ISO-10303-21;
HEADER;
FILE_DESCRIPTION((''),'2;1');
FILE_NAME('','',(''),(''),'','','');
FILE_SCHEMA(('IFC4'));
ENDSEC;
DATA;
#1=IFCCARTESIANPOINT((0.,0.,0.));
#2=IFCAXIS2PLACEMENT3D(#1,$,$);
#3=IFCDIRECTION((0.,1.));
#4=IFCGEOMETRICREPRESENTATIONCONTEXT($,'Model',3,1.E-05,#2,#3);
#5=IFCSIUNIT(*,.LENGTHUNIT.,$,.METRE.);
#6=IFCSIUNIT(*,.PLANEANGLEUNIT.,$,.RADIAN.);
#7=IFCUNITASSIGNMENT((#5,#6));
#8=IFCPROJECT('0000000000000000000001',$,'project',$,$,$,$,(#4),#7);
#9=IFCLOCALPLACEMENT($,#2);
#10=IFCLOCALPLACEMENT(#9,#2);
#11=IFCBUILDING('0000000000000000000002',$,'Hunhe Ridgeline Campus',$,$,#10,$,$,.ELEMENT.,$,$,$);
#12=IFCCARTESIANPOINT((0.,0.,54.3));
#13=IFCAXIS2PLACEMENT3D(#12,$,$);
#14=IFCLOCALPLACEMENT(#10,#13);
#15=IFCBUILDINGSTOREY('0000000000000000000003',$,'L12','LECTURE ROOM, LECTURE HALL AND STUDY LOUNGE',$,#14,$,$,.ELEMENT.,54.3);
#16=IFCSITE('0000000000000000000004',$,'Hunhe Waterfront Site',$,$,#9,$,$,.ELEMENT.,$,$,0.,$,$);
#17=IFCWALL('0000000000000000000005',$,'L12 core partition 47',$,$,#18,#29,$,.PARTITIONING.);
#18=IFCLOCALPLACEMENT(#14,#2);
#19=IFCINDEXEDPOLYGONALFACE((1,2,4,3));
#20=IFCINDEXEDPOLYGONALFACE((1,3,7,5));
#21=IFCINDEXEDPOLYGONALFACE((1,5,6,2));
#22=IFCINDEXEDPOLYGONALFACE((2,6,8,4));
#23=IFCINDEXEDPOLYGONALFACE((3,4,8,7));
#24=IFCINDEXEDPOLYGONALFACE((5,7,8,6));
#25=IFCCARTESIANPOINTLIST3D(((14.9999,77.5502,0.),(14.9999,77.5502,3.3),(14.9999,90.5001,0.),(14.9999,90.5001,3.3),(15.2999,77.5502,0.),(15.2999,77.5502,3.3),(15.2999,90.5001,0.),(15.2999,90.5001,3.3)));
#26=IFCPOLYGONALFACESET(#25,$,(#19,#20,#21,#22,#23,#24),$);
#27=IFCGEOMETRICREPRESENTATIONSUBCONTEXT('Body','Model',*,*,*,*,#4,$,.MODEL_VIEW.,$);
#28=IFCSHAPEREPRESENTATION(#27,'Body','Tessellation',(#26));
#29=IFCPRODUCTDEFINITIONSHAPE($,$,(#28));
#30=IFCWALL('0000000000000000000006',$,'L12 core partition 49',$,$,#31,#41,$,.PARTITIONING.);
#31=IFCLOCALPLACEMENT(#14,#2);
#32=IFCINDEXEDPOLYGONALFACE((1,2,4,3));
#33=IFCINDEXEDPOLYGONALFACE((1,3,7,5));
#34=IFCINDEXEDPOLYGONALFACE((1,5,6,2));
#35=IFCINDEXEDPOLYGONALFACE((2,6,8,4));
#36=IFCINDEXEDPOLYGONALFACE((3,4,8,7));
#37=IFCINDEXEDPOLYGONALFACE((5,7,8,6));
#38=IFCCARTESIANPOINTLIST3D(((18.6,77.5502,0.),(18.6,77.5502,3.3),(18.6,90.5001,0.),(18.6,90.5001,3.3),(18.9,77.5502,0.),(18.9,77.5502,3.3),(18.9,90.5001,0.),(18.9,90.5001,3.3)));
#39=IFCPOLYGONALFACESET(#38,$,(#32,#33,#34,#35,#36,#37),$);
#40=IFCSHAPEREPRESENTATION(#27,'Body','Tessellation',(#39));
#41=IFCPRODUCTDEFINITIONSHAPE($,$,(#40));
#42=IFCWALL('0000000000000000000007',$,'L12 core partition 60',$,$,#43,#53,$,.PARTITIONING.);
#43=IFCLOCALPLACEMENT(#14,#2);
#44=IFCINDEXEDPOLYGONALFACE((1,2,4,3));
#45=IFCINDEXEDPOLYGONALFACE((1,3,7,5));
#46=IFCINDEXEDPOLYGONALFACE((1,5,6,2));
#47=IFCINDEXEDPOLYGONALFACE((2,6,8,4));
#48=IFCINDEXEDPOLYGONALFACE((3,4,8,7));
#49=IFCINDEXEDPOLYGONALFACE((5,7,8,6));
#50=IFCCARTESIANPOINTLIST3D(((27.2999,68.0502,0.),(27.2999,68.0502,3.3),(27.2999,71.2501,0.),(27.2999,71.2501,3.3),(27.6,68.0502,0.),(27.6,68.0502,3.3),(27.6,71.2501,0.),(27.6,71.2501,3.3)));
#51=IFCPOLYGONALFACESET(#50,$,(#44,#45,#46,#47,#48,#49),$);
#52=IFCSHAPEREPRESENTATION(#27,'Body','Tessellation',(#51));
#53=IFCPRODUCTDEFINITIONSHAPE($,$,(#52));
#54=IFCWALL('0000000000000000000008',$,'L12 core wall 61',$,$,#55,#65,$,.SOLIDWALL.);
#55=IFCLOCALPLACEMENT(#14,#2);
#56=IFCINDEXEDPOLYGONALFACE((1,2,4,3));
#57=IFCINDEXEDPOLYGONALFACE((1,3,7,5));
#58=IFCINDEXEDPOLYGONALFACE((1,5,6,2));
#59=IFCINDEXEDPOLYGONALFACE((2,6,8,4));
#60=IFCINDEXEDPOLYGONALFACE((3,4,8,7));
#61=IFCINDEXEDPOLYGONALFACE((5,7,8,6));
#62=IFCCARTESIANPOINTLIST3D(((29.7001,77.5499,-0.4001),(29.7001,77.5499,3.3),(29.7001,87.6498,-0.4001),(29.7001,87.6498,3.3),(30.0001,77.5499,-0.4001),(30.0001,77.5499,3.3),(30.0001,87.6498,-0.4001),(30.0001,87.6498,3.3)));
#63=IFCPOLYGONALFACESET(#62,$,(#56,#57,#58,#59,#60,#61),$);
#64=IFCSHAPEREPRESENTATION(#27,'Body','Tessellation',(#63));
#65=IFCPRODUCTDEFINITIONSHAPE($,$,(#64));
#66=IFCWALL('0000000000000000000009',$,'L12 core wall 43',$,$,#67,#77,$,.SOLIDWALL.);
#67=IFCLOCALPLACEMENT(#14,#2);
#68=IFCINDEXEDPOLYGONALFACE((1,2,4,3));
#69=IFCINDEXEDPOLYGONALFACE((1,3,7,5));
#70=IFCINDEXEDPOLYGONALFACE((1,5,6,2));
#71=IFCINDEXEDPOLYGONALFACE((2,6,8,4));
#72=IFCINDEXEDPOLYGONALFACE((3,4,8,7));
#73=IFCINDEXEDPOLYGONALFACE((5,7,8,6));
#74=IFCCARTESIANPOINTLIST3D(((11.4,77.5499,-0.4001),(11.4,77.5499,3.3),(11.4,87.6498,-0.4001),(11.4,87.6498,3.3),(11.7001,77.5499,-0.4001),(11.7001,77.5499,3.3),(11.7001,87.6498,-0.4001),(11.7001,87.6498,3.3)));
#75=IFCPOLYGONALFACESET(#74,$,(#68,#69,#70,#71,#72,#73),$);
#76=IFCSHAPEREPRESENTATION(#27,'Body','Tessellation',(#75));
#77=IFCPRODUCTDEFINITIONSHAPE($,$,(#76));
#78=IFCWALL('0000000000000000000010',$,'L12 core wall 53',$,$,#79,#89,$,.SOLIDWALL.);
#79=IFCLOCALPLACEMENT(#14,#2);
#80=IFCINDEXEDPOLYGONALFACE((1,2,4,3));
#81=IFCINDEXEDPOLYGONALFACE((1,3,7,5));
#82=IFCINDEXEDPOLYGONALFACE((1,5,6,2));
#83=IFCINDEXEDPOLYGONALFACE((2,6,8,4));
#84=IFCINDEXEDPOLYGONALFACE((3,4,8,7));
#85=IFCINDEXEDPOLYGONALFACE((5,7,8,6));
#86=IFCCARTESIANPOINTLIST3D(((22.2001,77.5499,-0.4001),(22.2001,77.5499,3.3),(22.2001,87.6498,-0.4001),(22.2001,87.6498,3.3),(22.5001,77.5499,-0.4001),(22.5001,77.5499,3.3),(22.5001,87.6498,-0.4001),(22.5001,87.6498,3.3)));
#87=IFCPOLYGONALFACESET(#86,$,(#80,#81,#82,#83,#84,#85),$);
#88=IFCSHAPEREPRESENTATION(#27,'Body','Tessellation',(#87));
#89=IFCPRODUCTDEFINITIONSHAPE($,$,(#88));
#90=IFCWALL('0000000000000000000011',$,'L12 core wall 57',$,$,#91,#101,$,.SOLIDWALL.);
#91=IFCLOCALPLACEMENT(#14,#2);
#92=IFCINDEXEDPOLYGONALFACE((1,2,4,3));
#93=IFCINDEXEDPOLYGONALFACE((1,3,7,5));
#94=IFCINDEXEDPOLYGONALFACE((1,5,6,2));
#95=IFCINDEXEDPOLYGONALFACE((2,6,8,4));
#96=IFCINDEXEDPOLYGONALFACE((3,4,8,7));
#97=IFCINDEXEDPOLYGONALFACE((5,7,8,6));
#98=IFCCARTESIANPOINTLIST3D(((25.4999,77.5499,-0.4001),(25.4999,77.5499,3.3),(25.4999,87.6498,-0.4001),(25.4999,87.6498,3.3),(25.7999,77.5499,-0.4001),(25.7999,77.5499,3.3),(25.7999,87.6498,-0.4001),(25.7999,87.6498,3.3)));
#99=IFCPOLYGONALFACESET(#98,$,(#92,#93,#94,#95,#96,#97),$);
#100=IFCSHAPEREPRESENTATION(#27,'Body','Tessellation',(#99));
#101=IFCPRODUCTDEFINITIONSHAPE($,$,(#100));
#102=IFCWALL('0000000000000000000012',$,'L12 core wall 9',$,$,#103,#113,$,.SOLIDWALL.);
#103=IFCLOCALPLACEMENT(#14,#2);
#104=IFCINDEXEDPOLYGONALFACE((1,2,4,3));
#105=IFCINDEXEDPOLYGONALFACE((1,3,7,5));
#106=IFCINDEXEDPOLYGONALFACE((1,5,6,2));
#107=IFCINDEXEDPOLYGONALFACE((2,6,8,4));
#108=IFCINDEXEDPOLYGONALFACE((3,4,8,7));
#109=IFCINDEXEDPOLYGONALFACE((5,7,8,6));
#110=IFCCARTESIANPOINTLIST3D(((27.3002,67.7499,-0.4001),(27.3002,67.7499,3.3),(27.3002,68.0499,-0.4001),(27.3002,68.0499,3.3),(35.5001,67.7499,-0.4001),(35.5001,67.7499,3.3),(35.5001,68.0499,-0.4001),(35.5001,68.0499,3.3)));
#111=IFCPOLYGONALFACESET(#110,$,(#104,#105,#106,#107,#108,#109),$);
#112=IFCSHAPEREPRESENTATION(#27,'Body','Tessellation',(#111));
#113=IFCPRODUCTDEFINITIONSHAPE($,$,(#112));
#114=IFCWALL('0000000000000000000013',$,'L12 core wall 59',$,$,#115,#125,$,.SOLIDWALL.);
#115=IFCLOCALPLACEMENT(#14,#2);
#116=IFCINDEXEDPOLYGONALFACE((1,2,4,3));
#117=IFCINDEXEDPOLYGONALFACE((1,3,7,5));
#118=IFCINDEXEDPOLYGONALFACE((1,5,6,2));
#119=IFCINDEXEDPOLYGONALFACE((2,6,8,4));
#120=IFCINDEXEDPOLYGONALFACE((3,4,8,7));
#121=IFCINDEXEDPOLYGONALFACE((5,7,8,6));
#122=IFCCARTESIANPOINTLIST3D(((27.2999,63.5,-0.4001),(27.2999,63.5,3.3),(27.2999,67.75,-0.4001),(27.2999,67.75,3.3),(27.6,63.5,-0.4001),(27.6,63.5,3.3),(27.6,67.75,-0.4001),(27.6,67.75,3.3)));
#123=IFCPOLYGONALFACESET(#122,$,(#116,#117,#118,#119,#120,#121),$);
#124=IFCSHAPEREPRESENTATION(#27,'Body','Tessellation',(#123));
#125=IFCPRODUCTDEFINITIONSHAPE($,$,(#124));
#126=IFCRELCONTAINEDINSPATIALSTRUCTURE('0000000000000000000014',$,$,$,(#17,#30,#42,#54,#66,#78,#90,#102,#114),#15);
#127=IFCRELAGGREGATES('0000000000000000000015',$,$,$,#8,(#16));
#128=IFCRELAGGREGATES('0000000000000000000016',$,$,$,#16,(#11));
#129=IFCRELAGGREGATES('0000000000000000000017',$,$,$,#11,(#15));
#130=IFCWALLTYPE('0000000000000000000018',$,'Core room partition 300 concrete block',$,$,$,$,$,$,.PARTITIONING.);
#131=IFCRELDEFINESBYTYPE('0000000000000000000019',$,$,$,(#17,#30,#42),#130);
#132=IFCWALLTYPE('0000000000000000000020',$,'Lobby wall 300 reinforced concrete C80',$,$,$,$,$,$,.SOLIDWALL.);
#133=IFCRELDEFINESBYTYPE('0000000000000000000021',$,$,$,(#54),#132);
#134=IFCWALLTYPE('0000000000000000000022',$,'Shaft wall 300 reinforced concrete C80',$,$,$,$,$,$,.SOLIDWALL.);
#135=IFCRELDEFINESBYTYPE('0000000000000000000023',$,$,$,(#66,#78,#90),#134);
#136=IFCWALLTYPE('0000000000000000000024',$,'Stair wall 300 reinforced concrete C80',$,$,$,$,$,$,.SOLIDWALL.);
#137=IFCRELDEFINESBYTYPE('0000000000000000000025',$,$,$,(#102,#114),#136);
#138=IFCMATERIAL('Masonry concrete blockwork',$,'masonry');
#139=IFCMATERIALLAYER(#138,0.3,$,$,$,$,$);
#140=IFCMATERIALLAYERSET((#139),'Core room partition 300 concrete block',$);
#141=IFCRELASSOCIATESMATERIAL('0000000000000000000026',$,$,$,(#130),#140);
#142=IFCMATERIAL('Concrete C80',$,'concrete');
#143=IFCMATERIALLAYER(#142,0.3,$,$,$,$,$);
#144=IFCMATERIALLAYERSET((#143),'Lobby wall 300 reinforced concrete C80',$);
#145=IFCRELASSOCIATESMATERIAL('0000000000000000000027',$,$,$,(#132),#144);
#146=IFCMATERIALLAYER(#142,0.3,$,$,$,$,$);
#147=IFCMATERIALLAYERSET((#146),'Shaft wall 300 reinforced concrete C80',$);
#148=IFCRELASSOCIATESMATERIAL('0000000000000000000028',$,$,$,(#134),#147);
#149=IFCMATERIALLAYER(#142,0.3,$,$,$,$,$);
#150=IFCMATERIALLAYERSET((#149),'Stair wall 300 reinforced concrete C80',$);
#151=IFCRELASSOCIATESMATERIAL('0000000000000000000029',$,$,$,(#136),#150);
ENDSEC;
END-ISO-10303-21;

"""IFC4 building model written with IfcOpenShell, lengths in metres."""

from ifc_helpers import new_model, si_unit, direction, frame, frame_2d, origin, place, context, subcontext, project, spatial, rectangle, extrude, material, layer, layer_set, type_object, element, save


model = new_model("IFC4")

# Units and contexts
model_context = context("Model", 3, precision=1e-05, world=origin(), true_north=direction((0.0, 1.0)))
body_context = subcontext(model_context, "Body", "Model", "MODEL_VIEW")
ifc_project = project(units=[si_unit("LENGTHUNIT", "METRE"), si_unit("PLANEANGLEUNIT", "RADIAN")], contexts=[model_context])

# Site, building, storey
site_placement = place(None, origin())
site = spatial("IfcSite", under=ifc_project, at=site_placement, Name="Hunhe Waterfront Site", CompositionType="ELEMENT", RefElevation=0.0)
building_placement = place(site_placement, origin())
building = spatial("IfcBuilding", under=site, at=building_placement, Name="Hunhe Ridgeline Campus", CompositionType="ELEMENT")
storey_placement = place(building_placement, frame((0.0, 0.0, 54.3)))
storey = spatial("IfcBuildingStorey", under=building, at=storey_placement, Name="L12", Description="LECTURE ROOM, LECTURE HALL AND STUDY LOUNGE", CompositionType="ELEMENT", Elevation=54.3)

# Shared definitions
ifc_material_1 = material(Name="Masonry concrete blockwork", Category="masonry")
ifc_layer_1 = layer(ifc_material_1, 0.3)
ifc_layer_set_1 = layer_set([ifc_layer_1], Name="Core room partition 300 concrete block")
wall_type_1 = type_object("IfcWallType", Name="Core room partition 300 concrete block", PredefinedType="PARTITIONING", material=ifc_layer_set_1)

# Walls
for number, where, z_axis, x_axis, name in (
    (1, (15.1499, 77.55, 0.0), (0.0, 0.0, 1.0), (0.0, 1.0, 0.0), "L12 core partition 47"),
    (2, (18.75, 77.55, 0.0), (0.0, 0.0, 1.0), (0.0, 1.0, 0.0), "L12 core partition 49"),
):
    element("IfcWall", number, at=place(storey_placement, frame(where, z_axis=z_axis, x_axis=x_axis)), inside=storey, type_object=wall_type_1, Name=name, PredefinedType="PARTITIONING", context=body_context, shape_type="SweptSolid", body=[
        extrude(rectangle(XDim=12.95, YDim=0.3, at=frame_2d((6.4751, 0.0))), origin(), (0.0, 0.0, 1.0), 3.3),
    ])
wall_1_placement = place(storey_placement, frame((27.45, 68.05, 0.0), z_axis=(0.0, 0.0, 1.0), x_axis=(0.0, 1.0, 0.0)))
element("IfcWall", 3, at=wall_1_placement, inside=storey, type_object=wall_type_1, Name="L12 core partition 60", PredefinedType="PARTITIONING", context=body_context, shape_type="SweptSolid", body=[
    extrude(rectangle(XDim=3.2, YDim=0.3, at=frame_2d((1.6001, 0.0))), origin(), (0.0, 0.0, 1.0), 3.3),
])
ifc_material_2 = material(Name="Concrete C80", Category="concrete")
ifc_layer_2 = layer(ifc_material_2, 0.3)
ifc_layer_set_2 = layer_set([ifc_layer_2], Name="Lobby wall 300 reinforced concrete C80")
wall_type_2 = type_object("IfcWallType", Name="Lobby wall 300 reinforced concrete C80", PredefinedType="SOLIDWALL", material=ifc_layer_set_2)
wall_2_placement = place(storey_placement, frame((29.8501, 77.55, -0.4001), z_axis=(0.0, 0.0, 1.0), x_axis=(0.0, 1.0, 0.0)))
element("IfcWall", 4, at=wall_2_placement, inside=storey, type_object=wall_type_2, Name="L12 core wall 61", PredefinedType="SOLIDWALL", context=body_context, shape_type="SweptSolid", body=[
    extrude(rectangle(XDim=10.0999, YDim=0.3, at=frame_2d((5.0498, 0.0))), origin(), (0.0, 0.0, 1.0), 3.7002),
])
ifc_layer_3 = layer(ifc_material_2, 0.3)
ifc_layer_set_3 = layer_set([ifc_layer_3], Name="Shaft wall 300 reinforced concrete C80")
wall_type_3 = type_object("IfcWallType", Name="Shaft wall 300 reinforced concrete C80", PredefinedType="SOLIDWALL", material=ifc_layer_set_3)
for number, where, z_axis, x_axis, name in (
    (5, (11.55, 77.55, -0.4001), (0.0, 0.0, 1.0), (0.0, 1.0, 0.0), "L12 core wall 43"),
    (6, (22.3501, 77.55, -0.4001), (0.0, 0.0, 1.0), (0.0, 1.0, 0.0), "L12 core wall 53"),
    (7, (25.6499, 77.55, -0.4001), (0.0, 0.0, 1.0), (0.0, 1.0, 0.0), "L12 core wall 57"),
):
    element("IfcWall", number, at=place(storey_placement, frame(where, z_axis=z_axis, x_axis=x_axis)), inside=storey, type_object=wall_type_3, Name=name, PredefinedType="SOLIDWALL", context=body_context, shape_type="SweptSolid", body=[
        extrude(rectangle(XDim=10.0999, YDim=0.3, at=frame_2d((5.0498, 0.0))), origin(), (0.0, 0.0, 1.0), 3.7002),
    ])
ifc_layer_4 = layer(ifc_material_2, 0.3)
ifc_layer_set_4 = layer_set([ifc_layer_4], Name="Stair wall 300 reinforced concrete C80")
wall_type_4 = type_object("IfcWallType", Name="Stair wall 300 reinforced concrete C80", PredefinedType="SOLIDWALL", material=ifc_layer_set_4)
wall_3_placement = place(storey_placement, frame((27.3, 67.8999, -0.4001), z_axis=(0.0, 0.0, 1.0), x_axis=(1.0, 0.0, 0.0)))
element("IfcWall", 8, at=wall_3_placement, inside=storey, type_object=wall_type_4, Name="L12 core wall 9", PredefinedType="SOLIDWALL", context=body_context, shape_type="SweptSolid", body=[
    extrude(rectangle(XDim=8.2, YDim=0.3, at=frame_2d((4.1001, 0.0))), origin(), (0.0, 0.0, 1.0), 3.7002),
])
wall_4_placement = place(storey_placement, frame((27.45, 63.5, -0.4001), z_axis=(0.0, 0.0, 1.0), x_axis=(0.0, 1.0, 0.0)))
element("IfcWall", 9, at=wall_4_placement, inside=storey, type_object=wall_type_4, Name="L12 core wall 59", PredefinedType="SOLIDWALL", context=body_context, shape_type="SweptSolid", body=[
    extrude(rectangle(XDim=4.25, YDim=0.3, at=frame_2d((2.125, 0.0))), origin(), (0.0, 0.0, 1.0), 3.7002),
])

save(model, "model.ifc")
